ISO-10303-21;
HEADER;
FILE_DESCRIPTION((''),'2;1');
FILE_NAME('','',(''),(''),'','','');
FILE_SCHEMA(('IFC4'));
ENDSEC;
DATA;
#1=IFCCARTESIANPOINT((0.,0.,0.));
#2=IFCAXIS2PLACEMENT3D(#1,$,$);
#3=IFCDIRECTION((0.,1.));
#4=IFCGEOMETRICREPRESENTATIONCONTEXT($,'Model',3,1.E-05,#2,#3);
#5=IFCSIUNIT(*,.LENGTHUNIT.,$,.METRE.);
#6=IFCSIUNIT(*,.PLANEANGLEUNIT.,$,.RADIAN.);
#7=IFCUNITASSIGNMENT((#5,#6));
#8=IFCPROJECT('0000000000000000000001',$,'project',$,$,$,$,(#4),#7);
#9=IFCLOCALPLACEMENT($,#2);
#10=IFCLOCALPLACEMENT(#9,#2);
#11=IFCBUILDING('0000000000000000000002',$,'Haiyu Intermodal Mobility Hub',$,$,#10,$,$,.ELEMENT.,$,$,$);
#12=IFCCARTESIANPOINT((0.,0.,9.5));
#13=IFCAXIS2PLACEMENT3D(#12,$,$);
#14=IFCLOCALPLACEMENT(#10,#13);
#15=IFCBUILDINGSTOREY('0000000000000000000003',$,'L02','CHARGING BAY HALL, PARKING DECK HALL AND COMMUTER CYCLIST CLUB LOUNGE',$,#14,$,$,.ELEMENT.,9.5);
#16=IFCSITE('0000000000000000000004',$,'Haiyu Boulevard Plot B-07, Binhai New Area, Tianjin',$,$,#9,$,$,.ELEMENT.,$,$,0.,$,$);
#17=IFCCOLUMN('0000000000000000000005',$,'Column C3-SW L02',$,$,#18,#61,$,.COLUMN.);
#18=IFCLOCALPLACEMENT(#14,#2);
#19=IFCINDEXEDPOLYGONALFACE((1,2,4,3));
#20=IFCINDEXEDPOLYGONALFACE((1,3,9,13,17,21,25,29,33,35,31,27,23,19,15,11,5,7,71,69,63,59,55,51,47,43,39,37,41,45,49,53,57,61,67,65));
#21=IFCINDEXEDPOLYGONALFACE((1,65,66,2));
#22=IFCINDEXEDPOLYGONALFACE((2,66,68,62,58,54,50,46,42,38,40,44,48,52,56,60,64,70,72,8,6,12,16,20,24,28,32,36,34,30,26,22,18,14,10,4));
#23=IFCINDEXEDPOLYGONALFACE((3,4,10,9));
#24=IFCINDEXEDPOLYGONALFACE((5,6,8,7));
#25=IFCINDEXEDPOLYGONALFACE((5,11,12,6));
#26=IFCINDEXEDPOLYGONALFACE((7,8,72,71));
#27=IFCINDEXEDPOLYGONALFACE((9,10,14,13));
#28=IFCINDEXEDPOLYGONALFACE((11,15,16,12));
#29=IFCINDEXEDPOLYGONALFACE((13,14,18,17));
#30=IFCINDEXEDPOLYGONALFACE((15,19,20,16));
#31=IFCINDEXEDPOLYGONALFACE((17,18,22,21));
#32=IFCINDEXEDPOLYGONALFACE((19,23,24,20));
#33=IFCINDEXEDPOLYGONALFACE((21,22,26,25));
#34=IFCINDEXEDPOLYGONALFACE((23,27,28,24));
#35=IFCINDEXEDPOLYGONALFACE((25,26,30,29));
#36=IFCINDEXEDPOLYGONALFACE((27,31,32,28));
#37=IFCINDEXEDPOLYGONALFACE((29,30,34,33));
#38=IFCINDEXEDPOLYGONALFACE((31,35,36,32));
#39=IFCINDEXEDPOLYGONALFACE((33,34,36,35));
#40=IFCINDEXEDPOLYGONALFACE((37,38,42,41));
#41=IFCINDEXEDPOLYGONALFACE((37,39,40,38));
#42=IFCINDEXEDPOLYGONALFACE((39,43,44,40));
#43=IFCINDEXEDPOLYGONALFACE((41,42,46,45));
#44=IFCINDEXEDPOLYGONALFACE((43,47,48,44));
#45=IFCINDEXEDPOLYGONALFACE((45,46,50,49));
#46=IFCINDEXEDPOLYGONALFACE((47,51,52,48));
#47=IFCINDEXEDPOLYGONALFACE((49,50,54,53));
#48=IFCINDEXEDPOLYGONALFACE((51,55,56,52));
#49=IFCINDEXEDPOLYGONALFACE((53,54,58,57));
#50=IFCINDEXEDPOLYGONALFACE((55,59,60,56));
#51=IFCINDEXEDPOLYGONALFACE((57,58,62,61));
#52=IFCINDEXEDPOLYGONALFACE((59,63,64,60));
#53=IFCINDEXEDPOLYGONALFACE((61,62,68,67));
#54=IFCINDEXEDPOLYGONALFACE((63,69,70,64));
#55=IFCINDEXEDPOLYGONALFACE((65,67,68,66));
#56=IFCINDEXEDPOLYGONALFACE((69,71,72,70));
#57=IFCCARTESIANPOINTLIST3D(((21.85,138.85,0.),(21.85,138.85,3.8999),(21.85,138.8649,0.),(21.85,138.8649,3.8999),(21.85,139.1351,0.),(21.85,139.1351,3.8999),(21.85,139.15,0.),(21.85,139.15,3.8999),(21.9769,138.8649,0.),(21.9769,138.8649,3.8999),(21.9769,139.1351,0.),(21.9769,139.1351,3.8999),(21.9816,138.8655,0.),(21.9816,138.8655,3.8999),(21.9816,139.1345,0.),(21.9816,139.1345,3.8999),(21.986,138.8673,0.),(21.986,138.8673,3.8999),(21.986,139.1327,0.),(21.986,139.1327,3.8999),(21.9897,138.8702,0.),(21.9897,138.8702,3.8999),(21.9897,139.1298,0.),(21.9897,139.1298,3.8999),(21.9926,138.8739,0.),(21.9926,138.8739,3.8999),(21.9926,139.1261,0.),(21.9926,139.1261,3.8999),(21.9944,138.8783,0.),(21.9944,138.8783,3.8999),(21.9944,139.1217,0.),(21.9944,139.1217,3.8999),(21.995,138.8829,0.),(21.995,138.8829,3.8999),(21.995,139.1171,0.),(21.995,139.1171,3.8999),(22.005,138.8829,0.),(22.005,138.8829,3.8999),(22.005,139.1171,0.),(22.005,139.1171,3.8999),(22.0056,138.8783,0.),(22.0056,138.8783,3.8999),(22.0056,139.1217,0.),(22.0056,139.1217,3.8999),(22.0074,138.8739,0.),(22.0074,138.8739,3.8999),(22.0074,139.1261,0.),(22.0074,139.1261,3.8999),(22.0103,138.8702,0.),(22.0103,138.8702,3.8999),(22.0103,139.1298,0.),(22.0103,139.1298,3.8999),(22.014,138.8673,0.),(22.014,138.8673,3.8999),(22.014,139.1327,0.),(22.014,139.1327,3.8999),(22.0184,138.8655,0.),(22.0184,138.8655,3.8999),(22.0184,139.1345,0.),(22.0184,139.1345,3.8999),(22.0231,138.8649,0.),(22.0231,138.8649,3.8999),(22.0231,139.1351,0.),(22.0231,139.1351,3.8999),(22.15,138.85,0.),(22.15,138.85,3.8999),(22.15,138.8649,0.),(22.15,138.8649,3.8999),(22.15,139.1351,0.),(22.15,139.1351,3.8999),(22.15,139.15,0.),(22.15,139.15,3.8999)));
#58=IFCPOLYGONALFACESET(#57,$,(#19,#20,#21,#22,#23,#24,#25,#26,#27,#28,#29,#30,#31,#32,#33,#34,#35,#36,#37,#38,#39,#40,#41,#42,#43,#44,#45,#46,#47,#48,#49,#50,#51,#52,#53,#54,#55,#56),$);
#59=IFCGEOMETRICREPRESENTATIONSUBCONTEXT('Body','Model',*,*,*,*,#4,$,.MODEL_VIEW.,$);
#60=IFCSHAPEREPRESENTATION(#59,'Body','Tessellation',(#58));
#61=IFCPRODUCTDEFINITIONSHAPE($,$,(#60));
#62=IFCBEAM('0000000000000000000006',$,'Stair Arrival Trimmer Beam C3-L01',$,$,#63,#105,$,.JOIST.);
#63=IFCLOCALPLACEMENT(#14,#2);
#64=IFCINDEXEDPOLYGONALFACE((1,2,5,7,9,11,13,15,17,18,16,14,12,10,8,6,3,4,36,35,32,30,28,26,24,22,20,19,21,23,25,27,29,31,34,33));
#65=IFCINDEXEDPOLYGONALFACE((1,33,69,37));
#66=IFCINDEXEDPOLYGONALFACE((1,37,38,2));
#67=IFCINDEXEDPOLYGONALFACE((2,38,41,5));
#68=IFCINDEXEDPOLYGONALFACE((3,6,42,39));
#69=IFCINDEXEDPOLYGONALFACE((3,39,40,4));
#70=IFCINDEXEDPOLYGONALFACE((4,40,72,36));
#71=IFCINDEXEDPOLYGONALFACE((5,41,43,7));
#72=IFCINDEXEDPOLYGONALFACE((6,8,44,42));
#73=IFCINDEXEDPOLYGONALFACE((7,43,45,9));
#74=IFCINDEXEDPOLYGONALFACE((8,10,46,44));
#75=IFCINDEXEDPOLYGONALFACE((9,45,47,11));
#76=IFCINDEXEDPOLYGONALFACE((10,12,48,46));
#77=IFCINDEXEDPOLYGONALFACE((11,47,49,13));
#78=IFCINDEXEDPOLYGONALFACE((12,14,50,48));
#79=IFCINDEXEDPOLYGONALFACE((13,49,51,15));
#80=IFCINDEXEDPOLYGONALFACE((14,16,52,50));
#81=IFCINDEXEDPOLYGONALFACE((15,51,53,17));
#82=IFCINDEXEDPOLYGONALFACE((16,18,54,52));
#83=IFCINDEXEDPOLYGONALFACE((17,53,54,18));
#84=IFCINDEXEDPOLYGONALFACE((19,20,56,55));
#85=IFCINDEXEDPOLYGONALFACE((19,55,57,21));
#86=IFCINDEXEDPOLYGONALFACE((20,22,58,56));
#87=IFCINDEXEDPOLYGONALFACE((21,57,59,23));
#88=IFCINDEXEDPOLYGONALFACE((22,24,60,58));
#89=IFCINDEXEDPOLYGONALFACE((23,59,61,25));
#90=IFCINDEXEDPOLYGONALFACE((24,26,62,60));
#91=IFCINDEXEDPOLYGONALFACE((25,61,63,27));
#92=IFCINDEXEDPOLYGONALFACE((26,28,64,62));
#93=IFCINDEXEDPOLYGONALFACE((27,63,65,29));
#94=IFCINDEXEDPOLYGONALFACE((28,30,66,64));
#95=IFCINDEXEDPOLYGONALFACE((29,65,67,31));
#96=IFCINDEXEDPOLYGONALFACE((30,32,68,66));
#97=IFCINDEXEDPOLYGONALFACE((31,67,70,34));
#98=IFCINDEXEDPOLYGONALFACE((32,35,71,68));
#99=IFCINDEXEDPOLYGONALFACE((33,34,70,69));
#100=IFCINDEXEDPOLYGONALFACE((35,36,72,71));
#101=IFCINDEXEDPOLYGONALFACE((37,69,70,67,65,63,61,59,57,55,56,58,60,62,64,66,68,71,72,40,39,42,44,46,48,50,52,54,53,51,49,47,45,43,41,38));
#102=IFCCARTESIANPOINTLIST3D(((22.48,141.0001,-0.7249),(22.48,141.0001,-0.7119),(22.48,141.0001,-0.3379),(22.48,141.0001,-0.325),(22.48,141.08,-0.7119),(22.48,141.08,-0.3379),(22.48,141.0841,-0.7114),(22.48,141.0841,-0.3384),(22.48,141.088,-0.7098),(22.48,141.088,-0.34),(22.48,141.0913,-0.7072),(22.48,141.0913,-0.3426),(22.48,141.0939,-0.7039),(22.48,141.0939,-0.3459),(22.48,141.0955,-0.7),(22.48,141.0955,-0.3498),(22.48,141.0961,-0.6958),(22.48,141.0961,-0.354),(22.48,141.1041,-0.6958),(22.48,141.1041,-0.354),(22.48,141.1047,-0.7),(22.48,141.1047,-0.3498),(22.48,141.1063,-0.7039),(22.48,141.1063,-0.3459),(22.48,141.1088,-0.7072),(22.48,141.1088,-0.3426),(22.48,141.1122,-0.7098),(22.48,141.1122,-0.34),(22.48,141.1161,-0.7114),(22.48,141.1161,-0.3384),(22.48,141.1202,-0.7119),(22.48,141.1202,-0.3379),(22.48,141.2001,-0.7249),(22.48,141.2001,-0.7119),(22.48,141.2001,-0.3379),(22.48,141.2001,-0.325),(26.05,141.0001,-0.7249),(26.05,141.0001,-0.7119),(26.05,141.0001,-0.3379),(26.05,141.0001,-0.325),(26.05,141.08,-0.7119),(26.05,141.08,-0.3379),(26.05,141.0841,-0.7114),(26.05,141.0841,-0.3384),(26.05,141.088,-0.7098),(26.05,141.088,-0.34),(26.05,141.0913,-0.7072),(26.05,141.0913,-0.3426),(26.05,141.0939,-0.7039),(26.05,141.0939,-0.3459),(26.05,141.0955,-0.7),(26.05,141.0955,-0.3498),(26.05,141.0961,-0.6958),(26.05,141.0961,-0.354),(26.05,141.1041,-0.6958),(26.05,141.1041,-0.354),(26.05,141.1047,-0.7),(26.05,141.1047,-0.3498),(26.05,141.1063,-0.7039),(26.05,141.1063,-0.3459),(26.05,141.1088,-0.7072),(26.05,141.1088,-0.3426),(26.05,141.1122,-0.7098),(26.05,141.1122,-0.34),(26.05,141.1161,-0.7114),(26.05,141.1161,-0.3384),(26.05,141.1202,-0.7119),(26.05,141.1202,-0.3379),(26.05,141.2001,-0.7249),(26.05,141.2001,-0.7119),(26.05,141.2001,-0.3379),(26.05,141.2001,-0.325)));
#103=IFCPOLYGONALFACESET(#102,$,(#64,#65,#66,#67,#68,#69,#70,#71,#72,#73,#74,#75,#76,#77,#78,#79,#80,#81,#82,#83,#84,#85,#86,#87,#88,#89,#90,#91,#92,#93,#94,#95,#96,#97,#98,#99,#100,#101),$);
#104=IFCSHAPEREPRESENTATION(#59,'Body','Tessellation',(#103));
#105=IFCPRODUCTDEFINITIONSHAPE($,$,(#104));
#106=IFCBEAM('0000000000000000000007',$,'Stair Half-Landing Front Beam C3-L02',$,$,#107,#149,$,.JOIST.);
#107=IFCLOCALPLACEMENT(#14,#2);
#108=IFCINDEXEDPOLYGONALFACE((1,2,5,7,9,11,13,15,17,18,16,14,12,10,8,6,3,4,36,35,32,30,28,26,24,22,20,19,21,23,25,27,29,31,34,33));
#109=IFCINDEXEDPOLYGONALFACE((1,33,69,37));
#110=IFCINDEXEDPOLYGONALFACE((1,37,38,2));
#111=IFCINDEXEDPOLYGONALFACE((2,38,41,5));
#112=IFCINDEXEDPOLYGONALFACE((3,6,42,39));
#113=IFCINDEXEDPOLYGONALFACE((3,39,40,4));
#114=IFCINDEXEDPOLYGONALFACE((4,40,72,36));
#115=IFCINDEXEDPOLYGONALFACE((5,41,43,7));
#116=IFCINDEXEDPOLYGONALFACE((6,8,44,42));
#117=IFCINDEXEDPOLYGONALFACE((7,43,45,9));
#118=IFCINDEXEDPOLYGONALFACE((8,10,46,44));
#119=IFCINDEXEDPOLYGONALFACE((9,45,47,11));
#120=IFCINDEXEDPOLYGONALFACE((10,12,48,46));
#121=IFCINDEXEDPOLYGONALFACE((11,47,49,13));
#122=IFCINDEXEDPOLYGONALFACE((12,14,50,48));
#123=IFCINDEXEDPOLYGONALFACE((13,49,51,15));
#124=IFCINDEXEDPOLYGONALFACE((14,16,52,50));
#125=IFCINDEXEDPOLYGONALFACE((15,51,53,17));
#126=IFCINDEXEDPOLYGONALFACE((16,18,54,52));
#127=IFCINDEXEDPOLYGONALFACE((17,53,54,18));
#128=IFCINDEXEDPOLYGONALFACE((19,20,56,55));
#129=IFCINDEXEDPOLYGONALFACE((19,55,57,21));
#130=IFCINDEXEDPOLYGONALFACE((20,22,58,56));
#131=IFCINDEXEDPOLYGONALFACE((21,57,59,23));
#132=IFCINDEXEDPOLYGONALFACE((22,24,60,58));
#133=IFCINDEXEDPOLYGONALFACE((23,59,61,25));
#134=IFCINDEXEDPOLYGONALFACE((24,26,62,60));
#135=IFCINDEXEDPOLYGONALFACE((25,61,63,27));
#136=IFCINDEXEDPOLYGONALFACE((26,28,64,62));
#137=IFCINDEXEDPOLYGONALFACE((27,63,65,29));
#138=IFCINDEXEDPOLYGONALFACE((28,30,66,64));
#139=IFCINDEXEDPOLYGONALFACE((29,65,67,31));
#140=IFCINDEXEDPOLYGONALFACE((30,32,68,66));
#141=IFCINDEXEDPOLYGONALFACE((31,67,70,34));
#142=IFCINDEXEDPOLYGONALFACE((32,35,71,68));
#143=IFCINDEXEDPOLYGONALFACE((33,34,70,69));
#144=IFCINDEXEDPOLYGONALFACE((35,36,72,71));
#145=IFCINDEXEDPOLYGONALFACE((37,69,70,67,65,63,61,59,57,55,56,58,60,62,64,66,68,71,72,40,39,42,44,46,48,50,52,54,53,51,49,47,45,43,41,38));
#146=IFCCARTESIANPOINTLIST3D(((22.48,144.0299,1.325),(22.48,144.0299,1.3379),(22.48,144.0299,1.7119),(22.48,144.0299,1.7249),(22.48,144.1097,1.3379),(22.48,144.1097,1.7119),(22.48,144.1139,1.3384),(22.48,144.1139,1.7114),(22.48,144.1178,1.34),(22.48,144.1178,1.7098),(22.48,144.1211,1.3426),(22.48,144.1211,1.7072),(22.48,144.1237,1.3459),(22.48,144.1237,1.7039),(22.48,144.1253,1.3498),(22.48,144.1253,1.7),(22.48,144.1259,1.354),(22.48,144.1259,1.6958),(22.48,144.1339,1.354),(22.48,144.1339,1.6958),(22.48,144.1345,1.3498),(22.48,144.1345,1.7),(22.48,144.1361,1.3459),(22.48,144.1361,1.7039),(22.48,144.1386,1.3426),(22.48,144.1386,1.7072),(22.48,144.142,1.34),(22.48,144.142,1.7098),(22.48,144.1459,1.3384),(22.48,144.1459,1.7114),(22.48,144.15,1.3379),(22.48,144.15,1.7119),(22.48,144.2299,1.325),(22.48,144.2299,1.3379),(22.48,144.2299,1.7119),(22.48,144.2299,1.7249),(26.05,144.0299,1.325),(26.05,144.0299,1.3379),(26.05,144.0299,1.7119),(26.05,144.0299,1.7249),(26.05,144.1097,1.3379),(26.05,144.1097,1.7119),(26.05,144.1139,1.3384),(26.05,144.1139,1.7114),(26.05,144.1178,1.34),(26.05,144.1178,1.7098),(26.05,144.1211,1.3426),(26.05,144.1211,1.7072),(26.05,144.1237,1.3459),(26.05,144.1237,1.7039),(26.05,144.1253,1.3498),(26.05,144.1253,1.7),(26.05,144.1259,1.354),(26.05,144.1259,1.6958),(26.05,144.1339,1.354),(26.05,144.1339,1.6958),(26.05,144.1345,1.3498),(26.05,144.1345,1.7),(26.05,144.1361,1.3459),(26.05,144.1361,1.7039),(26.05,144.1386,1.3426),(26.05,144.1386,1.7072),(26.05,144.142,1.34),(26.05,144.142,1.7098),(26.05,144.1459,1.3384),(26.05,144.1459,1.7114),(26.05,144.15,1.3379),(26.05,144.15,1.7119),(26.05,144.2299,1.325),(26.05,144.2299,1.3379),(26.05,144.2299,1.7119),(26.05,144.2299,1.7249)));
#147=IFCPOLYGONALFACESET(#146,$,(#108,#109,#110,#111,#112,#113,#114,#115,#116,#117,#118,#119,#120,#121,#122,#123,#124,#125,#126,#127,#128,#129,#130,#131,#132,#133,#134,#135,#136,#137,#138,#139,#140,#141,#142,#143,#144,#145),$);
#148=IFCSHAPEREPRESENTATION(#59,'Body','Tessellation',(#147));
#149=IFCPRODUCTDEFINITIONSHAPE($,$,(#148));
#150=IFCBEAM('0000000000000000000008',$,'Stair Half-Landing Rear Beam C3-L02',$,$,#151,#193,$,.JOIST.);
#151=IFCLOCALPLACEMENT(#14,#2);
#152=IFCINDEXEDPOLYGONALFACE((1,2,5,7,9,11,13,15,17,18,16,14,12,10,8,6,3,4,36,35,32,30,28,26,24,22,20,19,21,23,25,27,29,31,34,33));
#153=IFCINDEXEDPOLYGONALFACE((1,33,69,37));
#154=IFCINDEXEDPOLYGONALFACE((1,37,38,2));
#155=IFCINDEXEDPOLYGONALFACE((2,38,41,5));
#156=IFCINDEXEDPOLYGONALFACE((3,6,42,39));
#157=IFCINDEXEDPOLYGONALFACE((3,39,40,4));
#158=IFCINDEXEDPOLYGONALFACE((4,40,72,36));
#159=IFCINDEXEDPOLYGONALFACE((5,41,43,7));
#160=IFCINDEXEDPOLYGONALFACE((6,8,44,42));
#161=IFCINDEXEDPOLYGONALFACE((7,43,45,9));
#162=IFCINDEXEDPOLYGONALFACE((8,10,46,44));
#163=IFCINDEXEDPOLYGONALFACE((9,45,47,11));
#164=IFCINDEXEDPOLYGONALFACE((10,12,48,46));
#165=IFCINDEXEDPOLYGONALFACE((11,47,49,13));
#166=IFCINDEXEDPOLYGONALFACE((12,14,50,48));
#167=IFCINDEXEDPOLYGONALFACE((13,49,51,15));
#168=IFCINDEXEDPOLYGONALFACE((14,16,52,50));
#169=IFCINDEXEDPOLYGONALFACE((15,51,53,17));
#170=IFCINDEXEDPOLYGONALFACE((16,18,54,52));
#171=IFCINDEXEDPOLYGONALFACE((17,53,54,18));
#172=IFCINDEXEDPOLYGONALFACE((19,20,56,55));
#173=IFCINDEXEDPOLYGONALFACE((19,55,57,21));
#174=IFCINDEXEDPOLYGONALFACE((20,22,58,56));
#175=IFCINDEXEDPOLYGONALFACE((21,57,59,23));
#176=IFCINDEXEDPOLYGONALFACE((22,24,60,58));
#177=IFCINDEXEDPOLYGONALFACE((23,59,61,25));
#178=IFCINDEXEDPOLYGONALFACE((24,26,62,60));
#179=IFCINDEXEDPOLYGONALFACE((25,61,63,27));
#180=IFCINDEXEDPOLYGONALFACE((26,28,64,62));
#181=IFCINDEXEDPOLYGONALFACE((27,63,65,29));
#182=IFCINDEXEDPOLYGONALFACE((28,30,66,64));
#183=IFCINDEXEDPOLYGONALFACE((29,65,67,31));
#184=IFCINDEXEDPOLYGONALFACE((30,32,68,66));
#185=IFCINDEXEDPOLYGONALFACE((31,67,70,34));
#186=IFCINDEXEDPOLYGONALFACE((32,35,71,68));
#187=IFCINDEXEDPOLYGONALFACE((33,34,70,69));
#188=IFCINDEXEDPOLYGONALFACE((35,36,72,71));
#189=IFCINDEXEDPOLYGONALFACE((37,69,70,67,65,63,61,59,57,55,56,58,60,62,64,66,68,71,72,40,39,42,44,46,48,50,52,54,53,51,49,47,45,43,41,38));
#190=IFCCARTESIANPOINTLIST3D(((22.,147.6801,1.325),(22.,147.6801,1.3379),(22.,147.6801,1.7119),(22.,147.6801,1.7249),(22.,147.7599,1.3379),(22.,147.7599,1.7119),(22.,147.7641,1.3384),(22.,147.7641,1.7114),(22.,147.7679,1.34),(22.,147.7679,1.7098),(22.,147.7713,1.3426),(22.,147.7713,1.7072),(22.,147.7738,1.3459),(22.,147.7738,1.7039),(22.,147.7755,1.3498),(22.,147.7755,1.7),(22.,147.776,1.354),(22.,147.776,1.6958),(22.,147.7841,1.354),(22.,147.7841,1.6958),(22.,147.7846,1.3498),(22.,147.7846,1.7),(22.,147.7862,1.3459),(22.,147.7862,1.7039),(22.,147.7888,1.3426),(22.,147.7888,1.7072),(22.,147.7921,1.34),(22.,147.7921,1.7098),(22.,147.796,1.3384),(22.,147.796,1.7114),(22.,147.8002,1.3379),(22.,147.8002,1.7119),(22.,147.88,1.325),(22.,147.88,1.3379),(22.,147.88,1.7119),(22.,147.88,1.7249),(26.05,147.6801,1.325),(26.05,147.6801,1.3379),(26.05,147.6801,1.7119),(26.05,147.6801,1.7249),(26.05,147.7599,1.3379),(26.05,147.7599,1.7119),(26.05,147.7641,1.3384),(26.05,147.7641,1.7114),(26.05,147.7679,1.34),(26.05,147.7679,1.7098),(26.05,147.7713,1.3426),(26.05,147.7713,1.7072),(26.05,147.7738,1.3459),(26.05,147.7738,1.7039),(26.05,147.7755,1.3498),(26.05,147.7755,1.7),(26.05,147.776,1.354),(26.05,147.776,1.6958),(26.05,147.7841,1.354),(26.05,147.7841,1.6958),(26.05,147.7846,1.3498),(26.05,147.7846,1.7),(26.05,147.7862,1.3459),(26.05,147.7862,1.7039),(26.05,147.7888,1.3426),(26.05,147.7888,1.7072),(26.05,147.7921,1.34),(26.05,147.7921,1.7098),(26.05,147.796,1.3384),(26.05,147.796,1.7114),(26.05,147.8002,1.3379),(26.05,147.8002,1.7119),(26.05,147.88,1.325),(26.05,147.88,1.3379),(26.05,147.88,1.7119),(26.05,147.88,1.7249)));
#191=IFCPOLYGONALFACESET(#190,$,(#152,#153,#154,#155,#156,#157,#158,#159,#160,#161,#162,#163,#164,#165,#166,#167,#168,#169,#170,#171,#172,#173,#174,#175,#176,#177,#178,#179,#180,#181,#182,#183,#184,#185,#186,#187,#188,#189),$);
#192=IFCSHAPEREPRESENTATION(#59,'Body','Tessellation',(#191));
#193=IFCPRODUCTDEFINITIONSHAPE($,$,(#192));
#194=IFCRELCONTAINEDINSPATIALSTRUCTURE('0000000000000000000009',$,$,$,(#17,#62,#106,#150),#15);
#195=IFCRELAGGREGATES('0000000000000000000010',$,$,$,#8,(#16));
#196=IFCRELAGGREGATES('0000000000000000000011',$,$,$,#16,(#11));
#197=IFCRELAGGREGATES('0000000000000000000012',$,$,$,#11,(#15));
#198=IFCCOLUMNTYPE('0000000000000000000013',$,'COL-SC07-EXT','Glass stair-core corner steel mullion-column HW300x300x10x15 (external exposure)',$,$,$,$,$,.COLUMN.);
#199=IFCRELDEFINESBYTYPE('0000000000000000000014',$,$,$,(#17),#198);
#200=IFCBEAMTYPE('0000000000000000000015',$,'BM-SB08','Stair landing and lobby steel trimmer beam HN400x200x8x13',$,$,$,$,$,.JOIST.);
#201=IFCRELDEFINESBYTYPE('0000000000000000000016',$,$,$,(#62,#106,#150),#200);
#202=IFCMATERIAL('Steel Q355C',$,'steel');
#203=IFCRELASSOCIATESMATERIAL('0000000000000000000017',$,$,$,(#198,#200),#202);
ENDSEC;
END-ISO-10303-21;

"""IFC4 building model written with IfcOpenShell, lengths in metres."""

from ifc_helpers import new_model, si_unit, direction, frame, origin, origin_2d, place, context, subcontext, project, spatial, i_section, extrude, material, material_profile, profile_set, type_object, element, save


model = new_model("IFC4")

# Units and contexts
model_context = context("Model", 3, precision=1e-05, world=origin(), true_north=direction((0.0, 1.0)))
body_context = subcontext(model_context, "Body", "Model", "MODEL_VIEW")
ifc_project = project(units=[si_unit("LENGTHUNIT", "METRE"), si_unit("PLANEANGLEUNIT", "RADIAN")], contexts=[model_context])

# Site, building, storey
site_placement = place(None, origin())
site = spatial("IfcSite", under=ifc_project, at=site_placement, Name="Haiyu Boulevard Plot B-07, Binhai New Area, Tianjin", CompositionType="ELEMENT", RefElevation=0.0)
building_placement = place(site_placement, origin())
building = spatial("IfcBuilding", under=site, at=building_placement, Name="Haiyu Intermodal Mobility Hub", CompositionType="ELEMENT")
storey_placement = place(building_placement, frame((0.0, 0.0, 9.5)))
storey = spatial("IfcBuildingStorey", under=building, at=storey_placement, Name="L02", Description="CHARGING BAY HALL, PARKING DECK HALL AND COMMUTER CYCLIST CLUB LOUNGE", CompositionType="ELEMENT", Elevation=9.5)

# Column
ifc_material_1 = material(Name="Steel Q355C", Category="steel")
ifc_material_profile_1 = material_profile(ifc_material_1, i_section(OverallWidth=0.3, OverallDepth=0.3, WebThickness=0.01, FlangeThickness=0.0149, FilletRadius=0.0181, at=origin_2d()), Name="HW300x300x10x15")
ifc_profile_set_1 = profile_set([ifc_material_profile_1], Name="Steel Q355C")
column_type_1 = type_object("IfcColumnType", Name="COL-SC07-EXT", Description="Glass stair-core corner steel mullion-column HW300x300x10x15 (external exposure)", PredefinedType="COLUMN", material=ifc_profile_set_1)
for number, where, z_axis, x_axis, name in (
    (1, (22.0, 139.0, 0.0), (0.0, 0.0, 1.0), (1.0, 0.0, 0.0), "Column C3-SW L02"),
):
    element("IfcColumn", number, at=place(storey_placement, frame(where, z_axis=z_axis, x_axis=x_axis)), inside=storey, type_object=column_type_1, Name=name, PredefinedType="COLUMN", context=body_context, shape_type="SweptSolid", body=[
        extrude(i_section(OverallWidth=0.3, OverallDepth=0.3, WebThickness=0.01, FlangeThickness=0.0149, FilletRadius=0.0181, at=origin_2d()), origin(), (0.0, 0.0, 1.0), 3.8999),
    ])

# Beams
ifc_material_profile_2 = material_profile(ifc_material_1, i_section(OverallWidth=0.2, OverallDepth=0.3999, WebThickness=0.0081, FlangeThickness=0.0129, FilletRadius=0.0161, at=origin_2d()), Name="HN400x200x8x13")
ifc_profile_set_2 = profile_set([ifc_material_profile_2], Name="Steel Q355C")
beam_type_1 = type_object("IfcBeamType", Name="BM-SB08", Description="Stair landing and lobby steel trimmer beam HN400x200x8x13", PredefinedType="JOIST", material=ifc_profile_set_2)
for number, where, z_axis, x_axis, name in (
    (2, (22.48, 141.1001, -0.5249), (1.0, 0.0, 0.0), (0.0, 1.0, 0.0), "Stair Arrival Trimmer Beam C3-L01"),
    (3, (22.48, 144.1299, 1.5249), (1.0, 0.0, 0.0), (0.0, 1.0, 0.0), "Stair Half-Landing Front Beam C3-L02"),
):
    element("IfcBeam", number, at=place(storey_placement, frame(where, z_axis=z_axis, x_axis=x_axis)), inside=storey, type_object=beam_type_1, Name=name, PredefinedType="JOIST", context=body_context, shape_type="SweptSolid", body=[
        extrude(i_section(OverallWidth=0.2, OverallDepth=0.3999, WebThickness=0.0081, FlangeThickness=0.0129, FilletRadius=0.0161, at=origin_2d()), origin(), (0.0, 0.0, 1.0), 3.5701),
    ])
beam_1_placement = place(storey_placement, frame((22.0, 147.78, 1.5249), z_axis=(1.0, 0.0, 0.0), x_axis=(0.0, 1.0, 0.0)))
element("IfcBeam", 4, at=beam_1_placement, inside=storey, type_object=beam_type_1, Name="Stair Half-Landing Rear Beam C3-L02", PredefinedType="JOIST", context=body_context, shape_type="SweptSolid", body=[
    extrude(i_section(OverallWidth=0.2, OverallDepth=0.3999, WebThickness=0.0081, FlangeThickness=0.0129, FilletRadius=0.0161, at=origin_2d()), origin(), (0.0, 0.0, 1.0), 4.05),
])

save(model, "model.ifc")
